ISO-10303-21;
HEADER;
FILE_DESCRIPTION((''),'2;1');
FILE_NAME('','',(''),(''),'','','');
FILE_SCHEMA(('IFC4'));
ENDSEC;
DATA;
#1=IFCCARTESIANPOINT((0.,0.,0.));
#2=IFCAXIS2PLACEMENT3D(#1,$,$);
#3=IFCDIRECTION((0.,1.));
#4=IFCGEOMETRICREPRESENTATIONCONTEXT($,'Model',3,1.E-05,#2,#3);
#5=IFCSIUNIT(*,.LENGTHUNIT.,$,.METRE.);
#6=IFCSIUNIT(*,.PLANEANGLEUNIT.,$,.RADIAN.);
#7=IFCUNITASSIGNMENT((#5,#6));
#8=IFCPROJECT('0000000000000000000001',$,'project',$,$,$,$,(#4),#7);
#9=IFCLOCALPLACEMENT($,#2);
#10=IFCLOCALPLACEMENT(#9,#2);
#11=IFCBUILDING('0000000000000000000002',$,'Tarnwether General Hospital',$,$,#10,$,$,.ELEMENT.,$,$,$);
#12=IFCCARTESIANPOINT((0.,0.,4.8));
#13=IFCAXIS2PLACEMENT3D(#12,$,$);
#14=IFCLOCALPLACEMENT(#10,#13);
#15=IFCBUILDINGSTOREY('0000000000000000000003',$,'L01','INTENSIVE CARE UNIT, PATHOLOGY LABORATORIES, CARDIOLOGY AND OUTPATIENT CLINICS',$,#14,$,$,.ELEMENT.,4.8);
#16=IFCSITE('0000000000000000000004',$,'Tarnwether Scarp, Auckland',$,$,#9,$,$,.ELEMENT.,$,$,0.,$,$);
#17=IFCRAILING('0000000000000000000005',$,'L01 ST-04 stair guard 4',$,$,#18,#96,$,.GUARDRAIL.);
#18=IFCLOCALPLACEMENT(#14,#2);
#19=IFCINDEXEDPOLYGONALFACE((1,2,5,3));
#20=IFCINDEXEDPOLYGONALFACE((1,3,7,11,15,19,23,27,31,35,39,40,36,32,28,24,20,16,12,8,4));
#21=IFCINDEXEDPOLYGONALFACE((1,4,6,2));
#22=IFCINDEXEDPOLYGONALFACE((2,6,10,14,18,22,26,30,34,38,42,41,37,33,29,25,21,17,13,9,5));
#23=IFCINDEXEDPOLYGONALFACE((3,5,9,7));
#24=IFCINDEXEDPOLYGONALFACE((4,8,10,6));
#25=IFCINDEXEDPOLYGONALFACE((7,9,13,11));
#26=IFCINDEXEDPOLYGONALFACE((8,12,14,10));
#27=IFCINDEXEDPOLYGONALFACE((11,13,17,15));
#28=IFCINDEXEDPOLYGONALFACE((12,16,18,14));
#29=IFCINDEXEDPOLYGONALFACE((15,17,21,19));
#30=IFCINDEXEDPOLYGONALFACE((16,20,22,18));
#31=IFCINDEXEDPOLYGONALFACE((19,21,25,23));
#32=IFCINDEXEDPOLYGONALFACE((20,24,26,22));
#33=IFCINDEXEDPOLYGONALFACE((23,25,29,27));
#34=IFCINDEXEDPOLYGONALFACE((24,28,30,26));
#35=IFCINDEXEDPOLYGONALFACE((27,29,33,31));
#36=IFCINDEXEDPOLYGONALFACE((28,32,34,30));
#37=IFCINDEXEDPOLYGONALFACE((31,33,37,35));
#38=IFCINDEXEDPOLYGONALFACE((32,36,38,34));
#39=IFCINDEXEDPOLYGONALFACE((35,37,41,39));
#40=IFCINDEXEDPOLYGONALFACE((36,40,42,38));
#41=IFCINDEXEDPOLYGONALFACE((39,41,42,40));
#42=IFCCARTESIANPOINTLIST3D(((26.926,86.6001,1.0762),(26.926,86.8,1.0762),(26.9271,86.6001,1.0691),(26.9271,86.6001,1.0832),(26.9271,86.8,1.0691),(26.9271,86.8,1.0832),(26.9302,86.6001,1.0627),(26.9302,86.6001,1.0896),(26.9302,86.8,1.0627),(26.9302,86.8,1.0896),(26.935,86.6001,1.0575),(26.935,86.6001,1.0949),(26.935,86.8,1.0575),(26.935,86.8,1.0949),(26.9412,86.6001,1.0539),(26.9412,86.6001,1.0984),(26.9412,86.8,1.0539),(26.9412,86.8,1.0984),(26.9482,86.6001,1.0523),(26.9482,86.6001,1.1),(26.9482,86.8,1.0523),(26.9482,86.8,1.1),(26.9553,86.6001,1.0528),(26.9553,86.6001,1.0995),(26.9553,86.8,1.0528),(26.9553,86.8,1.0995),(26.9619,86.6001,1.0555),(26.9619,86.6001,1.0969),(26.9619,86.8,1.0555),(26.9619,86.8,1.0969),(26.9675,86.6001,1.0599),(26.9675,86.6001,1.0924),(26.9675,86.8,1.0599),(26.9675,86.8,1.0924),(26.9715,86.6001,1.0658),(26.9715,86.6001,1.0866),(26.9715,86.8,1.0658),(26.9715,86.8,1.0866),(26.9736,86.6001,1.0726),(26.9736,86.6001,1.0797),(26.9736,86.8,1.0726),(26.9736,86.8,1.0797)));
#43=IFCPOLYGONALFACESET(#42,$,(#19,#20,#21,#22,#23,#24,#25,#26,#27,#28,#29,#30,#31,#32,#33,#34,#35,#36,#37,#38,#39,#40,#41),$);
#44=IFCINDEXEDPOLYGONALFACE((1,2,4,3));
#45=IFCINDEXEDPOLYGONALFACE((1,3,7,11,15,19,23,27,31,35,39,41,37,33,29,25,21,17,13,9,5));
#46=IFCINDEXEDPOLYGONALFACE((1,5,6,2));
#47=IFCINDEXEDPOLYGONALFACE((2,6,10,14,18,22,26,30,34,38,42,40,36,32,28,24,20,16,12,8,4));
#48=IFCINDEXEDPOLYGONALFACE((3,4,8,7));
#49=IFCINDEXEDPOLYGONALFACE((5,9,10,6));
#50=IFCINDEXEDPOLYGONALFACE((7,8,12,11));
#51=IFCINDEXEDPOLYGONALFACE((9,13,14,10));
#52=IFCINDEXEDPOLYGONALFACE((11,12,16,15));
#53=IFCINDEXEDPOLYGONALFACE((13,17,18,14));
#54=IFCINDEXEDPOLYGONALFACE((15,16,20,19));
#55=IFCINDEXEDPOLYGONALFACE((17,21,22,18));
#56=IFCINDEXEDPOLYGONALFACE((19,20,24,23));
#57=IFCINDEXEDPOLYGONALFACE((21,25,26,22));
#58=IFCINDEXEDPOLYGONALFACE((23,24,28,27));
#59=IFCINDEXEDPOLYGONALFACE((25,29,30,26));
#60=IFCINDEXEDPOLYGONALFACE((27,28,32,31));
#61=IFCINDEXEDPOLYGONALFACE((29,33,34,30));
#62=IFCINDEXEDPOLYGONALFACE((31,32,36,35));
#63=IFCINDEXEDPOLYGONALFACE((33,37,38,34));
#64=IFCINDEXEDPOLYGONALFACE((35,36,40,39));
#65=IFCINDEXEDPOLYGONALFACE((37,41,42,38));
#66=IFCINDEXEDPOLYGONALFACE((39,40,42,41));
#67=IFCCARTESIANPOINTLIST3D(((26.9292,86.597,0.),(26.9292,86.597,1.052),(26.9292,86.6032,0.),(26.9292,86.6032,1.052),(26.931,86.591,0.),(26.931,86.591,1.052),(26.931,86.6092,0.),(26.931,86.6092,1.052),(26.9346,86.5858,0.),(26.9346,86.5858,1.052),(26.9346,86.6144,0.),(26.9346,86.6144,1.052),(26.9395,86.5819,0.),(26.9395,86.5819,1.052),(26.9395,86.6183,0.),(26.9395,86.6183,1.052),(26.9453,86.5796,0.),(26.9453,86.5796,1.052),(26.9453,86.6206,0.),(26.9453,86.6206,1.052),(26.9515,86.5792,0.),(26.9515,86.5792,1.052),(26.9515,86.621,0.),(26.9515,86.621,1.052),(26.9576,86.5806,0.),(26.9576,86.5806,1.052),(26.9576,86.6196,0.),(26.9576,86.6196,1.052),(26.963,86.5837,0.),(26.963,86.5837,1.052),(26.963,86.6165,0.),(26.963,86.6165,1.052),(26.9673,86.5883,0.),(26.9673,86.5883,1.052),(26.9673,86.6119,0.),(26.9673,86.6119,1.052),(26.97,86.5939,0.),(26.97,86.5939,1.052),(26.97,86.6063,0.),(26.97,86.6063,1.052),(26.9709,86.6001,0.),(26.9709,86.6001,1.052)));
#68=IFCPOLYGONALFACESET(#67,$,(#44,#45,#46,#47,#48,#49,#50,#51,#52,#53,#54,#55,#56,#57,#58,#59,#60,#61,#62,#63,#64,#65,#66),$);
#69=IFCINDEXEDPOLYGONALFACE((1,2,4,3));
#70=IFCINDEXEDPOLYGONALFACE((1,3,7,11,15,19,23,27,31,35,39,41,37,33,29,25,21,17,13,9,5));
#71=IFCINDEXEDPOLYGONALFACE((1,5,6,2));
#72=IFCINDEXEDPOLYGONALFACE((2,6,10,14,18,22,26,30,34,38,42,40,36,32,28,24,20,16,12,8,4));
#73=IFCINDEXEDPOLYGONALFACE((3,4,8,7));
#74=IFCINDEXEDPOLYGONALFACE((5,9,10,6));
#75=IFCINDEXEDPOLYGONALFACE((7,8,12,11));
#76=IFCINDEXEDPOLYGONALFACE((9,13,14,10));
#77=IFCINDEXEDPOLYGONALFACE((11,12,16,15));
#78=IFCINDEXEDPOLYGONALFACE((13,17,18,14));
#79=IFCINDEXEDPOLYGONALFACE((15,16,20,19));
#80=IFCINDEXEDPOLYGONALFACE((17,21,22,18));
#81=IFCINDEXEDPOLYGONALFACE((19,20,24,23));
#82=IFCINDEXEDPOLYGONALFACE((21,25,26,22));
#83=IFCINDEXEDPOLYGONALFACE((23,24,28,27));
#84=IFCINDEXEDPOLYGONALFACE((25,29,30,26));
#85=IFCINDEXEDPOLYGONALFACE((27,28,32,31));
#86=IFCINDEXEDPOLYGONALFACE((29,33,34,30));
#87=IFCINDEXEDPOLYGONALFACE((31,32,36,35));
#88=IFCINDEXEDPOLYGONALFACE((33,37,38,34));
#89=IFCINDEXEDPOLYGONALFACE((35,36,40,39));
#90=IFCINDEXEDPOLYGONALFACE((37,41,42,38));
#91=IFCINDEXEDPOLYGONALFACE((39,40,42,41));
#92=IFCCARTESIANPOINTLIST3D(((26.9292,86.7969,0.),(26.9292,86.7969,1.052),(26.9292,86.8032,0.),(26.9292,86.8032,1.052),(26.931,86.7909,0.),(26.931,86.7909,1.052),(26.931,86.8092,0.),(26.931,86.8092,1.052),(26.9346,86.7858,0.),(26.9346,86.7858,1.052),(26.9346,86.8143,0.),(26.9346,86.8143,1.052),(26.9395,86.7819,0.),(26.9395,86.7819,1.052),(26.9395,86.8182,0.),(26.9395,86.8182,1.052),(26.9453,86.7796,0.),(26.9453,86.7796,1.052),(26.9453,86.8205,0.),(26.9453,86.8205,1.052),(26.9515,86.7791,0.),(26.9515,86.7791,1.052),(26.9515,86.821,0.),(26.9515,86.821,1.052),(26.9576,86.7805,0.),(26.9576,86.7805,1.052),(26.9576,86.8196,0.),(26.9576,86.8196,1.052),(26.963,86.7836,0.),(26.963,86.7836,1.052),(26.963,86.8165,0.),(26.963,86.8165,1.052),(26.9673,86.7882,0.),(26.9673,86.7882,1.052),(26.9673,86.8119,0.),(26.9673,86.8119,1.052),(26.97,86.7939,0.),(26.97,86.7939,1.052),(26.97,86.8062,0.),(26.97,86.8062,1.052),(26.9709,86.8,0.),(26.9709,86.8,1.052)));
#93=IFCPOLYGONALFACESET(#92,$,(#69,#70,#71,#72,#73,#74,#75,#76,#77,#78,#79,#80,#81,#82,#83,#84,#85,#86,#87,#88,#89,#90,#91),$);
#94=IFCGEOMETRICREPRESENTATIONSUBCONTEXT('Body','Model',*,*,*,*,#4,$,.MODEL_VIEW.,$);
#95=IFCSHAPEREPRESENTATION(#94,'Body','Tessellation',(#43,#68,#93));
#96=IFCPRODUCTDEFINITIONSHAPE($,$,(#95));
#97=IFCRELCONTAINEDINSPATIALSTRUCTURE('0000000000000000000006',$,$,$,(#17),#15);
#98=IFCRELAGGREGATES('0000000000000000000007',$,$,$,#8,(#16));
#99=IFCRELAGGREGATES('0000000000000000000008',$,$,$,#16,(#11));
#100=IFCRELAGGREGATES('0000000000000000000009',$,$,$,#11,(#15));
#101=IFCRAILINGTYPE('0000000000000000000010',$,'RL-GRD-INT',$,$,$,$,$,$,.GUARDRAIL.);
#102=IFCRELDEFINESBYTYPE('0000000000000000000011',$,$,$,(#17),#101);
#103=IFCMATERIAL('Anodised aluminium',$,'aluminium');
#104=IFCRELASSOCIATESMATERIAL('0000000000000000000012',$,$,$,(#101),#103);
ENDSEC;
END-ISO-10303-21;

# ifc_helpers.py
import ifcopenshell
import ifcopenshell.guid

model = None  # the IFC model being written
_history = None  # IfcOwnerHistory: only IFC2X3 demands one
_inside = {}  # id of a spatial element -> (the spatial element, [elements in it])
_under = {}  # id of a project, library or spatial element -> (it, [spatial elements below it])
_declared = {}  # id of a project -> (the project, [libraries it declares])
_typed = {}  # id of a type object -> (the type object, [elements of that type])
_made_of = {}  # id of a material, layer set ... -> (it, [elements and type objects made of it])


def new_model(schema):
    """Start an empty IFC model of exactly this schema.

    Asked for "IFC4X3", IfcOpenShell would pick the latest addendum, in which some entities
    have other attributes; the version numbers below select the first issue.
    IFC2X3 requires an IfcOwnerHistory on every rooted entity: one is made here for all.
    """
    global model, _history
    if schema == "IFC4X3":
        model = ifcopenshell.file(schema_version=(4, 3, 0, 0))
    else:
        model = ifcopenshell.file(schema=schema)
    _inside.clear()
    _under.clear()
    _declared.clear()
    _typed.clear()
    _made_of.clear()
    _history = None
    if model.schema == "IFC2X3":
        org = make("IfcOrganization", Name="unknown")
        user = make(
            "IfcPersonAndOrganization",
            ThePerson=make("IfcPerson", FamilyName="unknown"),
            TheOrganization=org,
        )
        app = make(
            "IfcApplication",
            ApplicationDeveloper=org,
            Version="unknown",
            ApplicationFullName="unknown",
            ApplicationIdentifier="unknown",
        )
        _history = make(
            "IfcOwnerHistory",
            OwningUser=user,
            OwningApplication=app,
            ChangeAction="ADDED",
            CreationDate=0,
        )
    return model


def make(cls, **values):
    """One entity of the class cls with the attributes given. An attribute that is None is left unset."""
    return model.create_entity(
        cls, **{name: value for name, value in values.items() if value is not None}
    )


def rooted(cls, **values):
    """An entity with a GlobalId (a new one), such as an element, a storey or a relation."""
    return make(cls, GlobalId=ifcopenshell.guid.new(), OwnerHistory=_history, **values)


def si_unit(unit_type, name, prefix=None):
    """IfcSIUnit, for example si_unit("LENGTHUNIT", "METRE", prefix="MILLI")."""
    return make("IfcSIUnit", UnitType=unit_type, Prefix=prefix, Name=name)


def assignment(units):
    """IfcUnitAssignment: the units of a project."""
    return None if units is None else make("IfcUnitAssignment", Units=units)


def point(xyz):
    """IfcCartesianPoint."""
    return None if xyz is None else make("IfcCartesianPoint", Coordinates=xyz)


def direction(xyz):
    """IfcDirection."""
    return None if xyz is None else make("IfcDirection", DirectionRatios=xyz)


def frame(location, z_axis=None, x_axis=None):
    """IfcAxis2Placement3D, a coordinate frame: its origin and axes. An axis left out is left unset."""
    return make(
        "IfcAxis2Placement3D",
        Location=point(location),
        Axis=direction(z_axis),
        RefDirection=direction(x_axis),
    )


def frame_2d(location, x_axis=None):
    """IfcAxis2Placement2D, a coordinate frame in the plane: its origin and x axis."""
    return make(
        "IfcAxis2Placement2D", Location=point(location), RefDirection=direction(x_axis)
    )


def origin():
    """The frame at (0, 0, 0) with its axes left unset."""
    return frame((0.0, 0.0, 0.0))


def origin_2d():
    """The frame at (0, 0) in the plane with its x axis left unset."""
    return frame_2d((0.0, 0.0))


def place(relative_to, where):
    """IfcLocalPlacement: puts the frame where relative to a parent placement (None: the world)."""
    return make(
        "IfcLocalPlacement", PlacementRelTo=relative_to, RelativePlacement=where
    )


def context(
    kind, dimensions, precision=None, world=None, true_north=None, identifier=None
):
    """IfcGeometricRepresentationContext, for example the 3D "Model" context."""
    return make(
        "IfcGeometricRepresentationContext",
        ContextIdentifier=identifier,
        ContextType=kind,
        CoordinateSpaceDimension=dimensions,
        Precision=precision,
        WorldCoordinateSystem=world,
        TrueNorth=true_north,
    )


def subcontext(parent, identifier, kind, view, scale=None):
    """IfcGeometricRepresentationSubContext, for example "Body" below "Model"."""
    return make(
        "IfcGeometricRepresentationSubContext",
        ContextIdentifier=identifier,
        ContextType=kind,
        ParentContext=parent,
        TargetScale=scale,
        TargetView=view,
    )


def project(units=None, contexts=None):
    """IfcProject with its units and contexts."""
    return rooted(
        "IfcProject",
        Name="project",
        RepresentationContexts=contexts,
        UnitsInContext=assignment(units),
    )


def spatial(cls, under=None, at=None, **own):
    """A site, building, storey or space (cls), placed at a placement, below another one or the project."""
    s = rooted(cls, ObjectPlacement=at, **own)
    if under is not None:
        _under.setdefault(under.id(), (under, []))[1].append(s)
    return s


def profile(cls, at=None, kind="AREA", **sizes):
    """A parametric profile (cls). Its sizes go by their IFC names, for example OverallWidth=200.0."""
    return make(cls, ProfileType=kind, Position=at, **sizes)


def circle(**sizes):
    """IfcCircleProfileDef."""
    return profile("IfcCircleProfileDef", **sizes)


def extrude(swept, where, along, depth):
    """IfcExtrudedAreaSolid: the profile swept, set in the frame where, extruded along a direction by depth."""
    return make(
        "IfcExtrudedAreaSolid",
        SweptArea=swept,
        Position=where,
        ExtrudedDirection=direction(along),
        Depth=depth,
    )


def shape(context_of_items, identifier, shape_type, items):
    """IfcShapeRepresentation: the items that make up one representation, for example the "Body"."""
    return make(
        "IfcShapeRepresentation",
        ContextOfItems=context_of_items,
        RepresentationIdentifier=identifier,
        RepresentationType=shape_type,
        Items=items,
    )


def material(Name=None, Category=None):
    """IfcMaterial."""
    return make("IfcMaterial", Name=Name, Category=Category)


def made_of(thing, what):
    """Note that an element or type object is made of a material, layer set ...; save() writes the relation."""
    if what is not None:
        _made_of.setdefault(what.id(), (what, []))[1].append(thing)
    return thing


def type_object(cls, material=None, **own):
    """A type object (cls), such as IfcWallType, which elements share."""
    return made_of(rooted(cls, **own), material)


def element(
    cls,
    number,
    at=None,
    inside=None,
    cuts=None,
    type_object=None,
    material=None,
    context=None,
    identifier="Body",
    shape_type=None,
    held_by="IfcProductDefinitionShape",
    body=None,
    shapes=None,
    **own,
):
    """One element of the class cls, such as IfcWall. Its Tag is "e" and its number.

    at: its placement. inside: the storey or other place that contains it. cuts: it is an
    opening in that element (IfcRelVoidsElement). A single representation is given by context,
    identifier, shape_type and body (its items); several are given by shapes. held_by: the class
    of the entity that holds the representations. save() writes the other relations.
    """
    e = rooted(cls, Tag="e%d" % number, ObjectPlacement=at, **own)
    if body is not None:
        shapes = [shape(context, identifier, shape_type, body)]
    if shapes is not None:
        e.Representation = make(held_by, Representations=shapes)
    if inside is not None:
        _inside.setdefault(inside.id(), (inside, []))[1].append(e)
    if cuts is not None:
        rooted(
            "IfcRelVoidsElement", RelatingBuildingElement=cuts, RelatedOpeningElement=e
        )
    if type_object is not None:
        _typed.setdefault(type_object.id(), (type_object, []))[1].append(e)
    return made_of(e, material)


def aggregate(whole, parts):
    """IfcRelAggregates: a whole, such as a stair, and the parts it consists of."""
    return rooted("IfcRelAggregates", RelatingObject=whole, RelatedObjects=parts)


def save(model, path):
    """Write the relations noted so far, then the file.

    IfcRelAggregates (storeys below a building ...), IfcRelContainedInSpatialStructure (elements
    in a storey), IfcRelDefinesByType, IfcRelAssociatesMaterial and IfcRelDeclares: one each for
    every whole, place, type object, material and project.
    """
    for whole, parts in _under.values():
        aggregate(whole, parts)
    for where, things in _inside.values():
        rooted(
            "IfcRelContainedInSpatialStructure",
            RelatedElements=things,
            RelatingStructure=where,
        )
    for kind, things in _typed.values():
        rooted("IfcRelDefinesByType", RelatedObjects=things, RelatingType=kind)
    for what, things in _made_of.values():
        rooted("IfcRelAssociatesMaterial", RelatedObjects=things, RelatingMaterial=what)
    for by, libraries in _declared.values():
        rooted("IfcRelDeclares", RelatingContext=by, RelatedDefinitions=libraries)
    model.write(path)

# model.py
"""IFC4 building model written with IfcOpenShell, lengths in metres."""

from ifc_helpers import new_model, si_unit, direction, frame, origin, origin_2d, place, context, subcontext, project, spatial, circle, extrude, material, type_object, element, save


model = new_model("IFC4")

# Units and contexts
model_context = context("Model", 3, precision=1e-05, world=origin(), true_north=direction((0.0, 1.0)))
body_context = subcontext(model_context, "Body", "Model", "MODEL_VIEW")
ifc_project = project(units=[si_unit("LENGTHUNIT", "METRE"), si_unit("PLANEANGLEUNIT", "RADIAN")], contexts=[model_context])

# Site, building, storey
site_placement = place(None, origin())
site = spatial("IfcSite", under=ifc_project, at=site_placement, Name="Tarnwether Scarp, Auckland", CompositionType="ELEMENT", RefElevation=0.0)
building_placement = place(site_placement, origin())
building = spatial("IfcBuilding", under=site, at=building_placement, Name="Tarnwether General Hospital", CompositionType="ELEMENT")
storey_placement = place(building_placement, frame((0.0, 0.0, 4.8)))
storey = spatial("IfcBuildingStorey", under=building, at=storey_placement, Name="L01", Description="INTENSIVE CARE UNIT, PATHOLOGY LABORATORIES, CARDIOLOGY AND OUTPATIENT CLINICS", CompositionType="ELEMENT", Elevation=4.8)

# Railing
ifc_material_1 = material(Name="Anodised aluminium", Category="aluminium")
railing_type_1 = type_object("IfcRailingType", Name="RL-GRD-INT", PredefinedType="GUARDRAIL", material=ifc_material_1)
railing_1_placement = place(storey_placement, frame((26.95, 86.6001, 0.0)))
element("IfcRailing", 1, at=railing_1_placement, inside=storey, type_object=railing_type_1, Name="L01 ST-04 stair guard 4", PredefinedType="GUARDRAIL", context=body_context, shape_type="SweptSolid", body=[
    extrude(circle(Radius=0.0239, at=origin_2d()), frame((0.0, 0.0, 1.0762), z_axis=(0.0, 1.0, 0.0), x_axis=(-1.0, 0.0, 0.0)), (0.0, 0.0, 1.0), 0.2),
    extrude(circle(Radius=0.021, at=origin_2d()), origin(), (0.0, 0.0, 1.0), 1.052),
    extrude(circle(Radius=0.021, at=origin_2d()), frame((0.0, 0.2, 0.0)), (0.0, 0.0, 1.0), 1.052),
])

save(model, "model.ifc")
